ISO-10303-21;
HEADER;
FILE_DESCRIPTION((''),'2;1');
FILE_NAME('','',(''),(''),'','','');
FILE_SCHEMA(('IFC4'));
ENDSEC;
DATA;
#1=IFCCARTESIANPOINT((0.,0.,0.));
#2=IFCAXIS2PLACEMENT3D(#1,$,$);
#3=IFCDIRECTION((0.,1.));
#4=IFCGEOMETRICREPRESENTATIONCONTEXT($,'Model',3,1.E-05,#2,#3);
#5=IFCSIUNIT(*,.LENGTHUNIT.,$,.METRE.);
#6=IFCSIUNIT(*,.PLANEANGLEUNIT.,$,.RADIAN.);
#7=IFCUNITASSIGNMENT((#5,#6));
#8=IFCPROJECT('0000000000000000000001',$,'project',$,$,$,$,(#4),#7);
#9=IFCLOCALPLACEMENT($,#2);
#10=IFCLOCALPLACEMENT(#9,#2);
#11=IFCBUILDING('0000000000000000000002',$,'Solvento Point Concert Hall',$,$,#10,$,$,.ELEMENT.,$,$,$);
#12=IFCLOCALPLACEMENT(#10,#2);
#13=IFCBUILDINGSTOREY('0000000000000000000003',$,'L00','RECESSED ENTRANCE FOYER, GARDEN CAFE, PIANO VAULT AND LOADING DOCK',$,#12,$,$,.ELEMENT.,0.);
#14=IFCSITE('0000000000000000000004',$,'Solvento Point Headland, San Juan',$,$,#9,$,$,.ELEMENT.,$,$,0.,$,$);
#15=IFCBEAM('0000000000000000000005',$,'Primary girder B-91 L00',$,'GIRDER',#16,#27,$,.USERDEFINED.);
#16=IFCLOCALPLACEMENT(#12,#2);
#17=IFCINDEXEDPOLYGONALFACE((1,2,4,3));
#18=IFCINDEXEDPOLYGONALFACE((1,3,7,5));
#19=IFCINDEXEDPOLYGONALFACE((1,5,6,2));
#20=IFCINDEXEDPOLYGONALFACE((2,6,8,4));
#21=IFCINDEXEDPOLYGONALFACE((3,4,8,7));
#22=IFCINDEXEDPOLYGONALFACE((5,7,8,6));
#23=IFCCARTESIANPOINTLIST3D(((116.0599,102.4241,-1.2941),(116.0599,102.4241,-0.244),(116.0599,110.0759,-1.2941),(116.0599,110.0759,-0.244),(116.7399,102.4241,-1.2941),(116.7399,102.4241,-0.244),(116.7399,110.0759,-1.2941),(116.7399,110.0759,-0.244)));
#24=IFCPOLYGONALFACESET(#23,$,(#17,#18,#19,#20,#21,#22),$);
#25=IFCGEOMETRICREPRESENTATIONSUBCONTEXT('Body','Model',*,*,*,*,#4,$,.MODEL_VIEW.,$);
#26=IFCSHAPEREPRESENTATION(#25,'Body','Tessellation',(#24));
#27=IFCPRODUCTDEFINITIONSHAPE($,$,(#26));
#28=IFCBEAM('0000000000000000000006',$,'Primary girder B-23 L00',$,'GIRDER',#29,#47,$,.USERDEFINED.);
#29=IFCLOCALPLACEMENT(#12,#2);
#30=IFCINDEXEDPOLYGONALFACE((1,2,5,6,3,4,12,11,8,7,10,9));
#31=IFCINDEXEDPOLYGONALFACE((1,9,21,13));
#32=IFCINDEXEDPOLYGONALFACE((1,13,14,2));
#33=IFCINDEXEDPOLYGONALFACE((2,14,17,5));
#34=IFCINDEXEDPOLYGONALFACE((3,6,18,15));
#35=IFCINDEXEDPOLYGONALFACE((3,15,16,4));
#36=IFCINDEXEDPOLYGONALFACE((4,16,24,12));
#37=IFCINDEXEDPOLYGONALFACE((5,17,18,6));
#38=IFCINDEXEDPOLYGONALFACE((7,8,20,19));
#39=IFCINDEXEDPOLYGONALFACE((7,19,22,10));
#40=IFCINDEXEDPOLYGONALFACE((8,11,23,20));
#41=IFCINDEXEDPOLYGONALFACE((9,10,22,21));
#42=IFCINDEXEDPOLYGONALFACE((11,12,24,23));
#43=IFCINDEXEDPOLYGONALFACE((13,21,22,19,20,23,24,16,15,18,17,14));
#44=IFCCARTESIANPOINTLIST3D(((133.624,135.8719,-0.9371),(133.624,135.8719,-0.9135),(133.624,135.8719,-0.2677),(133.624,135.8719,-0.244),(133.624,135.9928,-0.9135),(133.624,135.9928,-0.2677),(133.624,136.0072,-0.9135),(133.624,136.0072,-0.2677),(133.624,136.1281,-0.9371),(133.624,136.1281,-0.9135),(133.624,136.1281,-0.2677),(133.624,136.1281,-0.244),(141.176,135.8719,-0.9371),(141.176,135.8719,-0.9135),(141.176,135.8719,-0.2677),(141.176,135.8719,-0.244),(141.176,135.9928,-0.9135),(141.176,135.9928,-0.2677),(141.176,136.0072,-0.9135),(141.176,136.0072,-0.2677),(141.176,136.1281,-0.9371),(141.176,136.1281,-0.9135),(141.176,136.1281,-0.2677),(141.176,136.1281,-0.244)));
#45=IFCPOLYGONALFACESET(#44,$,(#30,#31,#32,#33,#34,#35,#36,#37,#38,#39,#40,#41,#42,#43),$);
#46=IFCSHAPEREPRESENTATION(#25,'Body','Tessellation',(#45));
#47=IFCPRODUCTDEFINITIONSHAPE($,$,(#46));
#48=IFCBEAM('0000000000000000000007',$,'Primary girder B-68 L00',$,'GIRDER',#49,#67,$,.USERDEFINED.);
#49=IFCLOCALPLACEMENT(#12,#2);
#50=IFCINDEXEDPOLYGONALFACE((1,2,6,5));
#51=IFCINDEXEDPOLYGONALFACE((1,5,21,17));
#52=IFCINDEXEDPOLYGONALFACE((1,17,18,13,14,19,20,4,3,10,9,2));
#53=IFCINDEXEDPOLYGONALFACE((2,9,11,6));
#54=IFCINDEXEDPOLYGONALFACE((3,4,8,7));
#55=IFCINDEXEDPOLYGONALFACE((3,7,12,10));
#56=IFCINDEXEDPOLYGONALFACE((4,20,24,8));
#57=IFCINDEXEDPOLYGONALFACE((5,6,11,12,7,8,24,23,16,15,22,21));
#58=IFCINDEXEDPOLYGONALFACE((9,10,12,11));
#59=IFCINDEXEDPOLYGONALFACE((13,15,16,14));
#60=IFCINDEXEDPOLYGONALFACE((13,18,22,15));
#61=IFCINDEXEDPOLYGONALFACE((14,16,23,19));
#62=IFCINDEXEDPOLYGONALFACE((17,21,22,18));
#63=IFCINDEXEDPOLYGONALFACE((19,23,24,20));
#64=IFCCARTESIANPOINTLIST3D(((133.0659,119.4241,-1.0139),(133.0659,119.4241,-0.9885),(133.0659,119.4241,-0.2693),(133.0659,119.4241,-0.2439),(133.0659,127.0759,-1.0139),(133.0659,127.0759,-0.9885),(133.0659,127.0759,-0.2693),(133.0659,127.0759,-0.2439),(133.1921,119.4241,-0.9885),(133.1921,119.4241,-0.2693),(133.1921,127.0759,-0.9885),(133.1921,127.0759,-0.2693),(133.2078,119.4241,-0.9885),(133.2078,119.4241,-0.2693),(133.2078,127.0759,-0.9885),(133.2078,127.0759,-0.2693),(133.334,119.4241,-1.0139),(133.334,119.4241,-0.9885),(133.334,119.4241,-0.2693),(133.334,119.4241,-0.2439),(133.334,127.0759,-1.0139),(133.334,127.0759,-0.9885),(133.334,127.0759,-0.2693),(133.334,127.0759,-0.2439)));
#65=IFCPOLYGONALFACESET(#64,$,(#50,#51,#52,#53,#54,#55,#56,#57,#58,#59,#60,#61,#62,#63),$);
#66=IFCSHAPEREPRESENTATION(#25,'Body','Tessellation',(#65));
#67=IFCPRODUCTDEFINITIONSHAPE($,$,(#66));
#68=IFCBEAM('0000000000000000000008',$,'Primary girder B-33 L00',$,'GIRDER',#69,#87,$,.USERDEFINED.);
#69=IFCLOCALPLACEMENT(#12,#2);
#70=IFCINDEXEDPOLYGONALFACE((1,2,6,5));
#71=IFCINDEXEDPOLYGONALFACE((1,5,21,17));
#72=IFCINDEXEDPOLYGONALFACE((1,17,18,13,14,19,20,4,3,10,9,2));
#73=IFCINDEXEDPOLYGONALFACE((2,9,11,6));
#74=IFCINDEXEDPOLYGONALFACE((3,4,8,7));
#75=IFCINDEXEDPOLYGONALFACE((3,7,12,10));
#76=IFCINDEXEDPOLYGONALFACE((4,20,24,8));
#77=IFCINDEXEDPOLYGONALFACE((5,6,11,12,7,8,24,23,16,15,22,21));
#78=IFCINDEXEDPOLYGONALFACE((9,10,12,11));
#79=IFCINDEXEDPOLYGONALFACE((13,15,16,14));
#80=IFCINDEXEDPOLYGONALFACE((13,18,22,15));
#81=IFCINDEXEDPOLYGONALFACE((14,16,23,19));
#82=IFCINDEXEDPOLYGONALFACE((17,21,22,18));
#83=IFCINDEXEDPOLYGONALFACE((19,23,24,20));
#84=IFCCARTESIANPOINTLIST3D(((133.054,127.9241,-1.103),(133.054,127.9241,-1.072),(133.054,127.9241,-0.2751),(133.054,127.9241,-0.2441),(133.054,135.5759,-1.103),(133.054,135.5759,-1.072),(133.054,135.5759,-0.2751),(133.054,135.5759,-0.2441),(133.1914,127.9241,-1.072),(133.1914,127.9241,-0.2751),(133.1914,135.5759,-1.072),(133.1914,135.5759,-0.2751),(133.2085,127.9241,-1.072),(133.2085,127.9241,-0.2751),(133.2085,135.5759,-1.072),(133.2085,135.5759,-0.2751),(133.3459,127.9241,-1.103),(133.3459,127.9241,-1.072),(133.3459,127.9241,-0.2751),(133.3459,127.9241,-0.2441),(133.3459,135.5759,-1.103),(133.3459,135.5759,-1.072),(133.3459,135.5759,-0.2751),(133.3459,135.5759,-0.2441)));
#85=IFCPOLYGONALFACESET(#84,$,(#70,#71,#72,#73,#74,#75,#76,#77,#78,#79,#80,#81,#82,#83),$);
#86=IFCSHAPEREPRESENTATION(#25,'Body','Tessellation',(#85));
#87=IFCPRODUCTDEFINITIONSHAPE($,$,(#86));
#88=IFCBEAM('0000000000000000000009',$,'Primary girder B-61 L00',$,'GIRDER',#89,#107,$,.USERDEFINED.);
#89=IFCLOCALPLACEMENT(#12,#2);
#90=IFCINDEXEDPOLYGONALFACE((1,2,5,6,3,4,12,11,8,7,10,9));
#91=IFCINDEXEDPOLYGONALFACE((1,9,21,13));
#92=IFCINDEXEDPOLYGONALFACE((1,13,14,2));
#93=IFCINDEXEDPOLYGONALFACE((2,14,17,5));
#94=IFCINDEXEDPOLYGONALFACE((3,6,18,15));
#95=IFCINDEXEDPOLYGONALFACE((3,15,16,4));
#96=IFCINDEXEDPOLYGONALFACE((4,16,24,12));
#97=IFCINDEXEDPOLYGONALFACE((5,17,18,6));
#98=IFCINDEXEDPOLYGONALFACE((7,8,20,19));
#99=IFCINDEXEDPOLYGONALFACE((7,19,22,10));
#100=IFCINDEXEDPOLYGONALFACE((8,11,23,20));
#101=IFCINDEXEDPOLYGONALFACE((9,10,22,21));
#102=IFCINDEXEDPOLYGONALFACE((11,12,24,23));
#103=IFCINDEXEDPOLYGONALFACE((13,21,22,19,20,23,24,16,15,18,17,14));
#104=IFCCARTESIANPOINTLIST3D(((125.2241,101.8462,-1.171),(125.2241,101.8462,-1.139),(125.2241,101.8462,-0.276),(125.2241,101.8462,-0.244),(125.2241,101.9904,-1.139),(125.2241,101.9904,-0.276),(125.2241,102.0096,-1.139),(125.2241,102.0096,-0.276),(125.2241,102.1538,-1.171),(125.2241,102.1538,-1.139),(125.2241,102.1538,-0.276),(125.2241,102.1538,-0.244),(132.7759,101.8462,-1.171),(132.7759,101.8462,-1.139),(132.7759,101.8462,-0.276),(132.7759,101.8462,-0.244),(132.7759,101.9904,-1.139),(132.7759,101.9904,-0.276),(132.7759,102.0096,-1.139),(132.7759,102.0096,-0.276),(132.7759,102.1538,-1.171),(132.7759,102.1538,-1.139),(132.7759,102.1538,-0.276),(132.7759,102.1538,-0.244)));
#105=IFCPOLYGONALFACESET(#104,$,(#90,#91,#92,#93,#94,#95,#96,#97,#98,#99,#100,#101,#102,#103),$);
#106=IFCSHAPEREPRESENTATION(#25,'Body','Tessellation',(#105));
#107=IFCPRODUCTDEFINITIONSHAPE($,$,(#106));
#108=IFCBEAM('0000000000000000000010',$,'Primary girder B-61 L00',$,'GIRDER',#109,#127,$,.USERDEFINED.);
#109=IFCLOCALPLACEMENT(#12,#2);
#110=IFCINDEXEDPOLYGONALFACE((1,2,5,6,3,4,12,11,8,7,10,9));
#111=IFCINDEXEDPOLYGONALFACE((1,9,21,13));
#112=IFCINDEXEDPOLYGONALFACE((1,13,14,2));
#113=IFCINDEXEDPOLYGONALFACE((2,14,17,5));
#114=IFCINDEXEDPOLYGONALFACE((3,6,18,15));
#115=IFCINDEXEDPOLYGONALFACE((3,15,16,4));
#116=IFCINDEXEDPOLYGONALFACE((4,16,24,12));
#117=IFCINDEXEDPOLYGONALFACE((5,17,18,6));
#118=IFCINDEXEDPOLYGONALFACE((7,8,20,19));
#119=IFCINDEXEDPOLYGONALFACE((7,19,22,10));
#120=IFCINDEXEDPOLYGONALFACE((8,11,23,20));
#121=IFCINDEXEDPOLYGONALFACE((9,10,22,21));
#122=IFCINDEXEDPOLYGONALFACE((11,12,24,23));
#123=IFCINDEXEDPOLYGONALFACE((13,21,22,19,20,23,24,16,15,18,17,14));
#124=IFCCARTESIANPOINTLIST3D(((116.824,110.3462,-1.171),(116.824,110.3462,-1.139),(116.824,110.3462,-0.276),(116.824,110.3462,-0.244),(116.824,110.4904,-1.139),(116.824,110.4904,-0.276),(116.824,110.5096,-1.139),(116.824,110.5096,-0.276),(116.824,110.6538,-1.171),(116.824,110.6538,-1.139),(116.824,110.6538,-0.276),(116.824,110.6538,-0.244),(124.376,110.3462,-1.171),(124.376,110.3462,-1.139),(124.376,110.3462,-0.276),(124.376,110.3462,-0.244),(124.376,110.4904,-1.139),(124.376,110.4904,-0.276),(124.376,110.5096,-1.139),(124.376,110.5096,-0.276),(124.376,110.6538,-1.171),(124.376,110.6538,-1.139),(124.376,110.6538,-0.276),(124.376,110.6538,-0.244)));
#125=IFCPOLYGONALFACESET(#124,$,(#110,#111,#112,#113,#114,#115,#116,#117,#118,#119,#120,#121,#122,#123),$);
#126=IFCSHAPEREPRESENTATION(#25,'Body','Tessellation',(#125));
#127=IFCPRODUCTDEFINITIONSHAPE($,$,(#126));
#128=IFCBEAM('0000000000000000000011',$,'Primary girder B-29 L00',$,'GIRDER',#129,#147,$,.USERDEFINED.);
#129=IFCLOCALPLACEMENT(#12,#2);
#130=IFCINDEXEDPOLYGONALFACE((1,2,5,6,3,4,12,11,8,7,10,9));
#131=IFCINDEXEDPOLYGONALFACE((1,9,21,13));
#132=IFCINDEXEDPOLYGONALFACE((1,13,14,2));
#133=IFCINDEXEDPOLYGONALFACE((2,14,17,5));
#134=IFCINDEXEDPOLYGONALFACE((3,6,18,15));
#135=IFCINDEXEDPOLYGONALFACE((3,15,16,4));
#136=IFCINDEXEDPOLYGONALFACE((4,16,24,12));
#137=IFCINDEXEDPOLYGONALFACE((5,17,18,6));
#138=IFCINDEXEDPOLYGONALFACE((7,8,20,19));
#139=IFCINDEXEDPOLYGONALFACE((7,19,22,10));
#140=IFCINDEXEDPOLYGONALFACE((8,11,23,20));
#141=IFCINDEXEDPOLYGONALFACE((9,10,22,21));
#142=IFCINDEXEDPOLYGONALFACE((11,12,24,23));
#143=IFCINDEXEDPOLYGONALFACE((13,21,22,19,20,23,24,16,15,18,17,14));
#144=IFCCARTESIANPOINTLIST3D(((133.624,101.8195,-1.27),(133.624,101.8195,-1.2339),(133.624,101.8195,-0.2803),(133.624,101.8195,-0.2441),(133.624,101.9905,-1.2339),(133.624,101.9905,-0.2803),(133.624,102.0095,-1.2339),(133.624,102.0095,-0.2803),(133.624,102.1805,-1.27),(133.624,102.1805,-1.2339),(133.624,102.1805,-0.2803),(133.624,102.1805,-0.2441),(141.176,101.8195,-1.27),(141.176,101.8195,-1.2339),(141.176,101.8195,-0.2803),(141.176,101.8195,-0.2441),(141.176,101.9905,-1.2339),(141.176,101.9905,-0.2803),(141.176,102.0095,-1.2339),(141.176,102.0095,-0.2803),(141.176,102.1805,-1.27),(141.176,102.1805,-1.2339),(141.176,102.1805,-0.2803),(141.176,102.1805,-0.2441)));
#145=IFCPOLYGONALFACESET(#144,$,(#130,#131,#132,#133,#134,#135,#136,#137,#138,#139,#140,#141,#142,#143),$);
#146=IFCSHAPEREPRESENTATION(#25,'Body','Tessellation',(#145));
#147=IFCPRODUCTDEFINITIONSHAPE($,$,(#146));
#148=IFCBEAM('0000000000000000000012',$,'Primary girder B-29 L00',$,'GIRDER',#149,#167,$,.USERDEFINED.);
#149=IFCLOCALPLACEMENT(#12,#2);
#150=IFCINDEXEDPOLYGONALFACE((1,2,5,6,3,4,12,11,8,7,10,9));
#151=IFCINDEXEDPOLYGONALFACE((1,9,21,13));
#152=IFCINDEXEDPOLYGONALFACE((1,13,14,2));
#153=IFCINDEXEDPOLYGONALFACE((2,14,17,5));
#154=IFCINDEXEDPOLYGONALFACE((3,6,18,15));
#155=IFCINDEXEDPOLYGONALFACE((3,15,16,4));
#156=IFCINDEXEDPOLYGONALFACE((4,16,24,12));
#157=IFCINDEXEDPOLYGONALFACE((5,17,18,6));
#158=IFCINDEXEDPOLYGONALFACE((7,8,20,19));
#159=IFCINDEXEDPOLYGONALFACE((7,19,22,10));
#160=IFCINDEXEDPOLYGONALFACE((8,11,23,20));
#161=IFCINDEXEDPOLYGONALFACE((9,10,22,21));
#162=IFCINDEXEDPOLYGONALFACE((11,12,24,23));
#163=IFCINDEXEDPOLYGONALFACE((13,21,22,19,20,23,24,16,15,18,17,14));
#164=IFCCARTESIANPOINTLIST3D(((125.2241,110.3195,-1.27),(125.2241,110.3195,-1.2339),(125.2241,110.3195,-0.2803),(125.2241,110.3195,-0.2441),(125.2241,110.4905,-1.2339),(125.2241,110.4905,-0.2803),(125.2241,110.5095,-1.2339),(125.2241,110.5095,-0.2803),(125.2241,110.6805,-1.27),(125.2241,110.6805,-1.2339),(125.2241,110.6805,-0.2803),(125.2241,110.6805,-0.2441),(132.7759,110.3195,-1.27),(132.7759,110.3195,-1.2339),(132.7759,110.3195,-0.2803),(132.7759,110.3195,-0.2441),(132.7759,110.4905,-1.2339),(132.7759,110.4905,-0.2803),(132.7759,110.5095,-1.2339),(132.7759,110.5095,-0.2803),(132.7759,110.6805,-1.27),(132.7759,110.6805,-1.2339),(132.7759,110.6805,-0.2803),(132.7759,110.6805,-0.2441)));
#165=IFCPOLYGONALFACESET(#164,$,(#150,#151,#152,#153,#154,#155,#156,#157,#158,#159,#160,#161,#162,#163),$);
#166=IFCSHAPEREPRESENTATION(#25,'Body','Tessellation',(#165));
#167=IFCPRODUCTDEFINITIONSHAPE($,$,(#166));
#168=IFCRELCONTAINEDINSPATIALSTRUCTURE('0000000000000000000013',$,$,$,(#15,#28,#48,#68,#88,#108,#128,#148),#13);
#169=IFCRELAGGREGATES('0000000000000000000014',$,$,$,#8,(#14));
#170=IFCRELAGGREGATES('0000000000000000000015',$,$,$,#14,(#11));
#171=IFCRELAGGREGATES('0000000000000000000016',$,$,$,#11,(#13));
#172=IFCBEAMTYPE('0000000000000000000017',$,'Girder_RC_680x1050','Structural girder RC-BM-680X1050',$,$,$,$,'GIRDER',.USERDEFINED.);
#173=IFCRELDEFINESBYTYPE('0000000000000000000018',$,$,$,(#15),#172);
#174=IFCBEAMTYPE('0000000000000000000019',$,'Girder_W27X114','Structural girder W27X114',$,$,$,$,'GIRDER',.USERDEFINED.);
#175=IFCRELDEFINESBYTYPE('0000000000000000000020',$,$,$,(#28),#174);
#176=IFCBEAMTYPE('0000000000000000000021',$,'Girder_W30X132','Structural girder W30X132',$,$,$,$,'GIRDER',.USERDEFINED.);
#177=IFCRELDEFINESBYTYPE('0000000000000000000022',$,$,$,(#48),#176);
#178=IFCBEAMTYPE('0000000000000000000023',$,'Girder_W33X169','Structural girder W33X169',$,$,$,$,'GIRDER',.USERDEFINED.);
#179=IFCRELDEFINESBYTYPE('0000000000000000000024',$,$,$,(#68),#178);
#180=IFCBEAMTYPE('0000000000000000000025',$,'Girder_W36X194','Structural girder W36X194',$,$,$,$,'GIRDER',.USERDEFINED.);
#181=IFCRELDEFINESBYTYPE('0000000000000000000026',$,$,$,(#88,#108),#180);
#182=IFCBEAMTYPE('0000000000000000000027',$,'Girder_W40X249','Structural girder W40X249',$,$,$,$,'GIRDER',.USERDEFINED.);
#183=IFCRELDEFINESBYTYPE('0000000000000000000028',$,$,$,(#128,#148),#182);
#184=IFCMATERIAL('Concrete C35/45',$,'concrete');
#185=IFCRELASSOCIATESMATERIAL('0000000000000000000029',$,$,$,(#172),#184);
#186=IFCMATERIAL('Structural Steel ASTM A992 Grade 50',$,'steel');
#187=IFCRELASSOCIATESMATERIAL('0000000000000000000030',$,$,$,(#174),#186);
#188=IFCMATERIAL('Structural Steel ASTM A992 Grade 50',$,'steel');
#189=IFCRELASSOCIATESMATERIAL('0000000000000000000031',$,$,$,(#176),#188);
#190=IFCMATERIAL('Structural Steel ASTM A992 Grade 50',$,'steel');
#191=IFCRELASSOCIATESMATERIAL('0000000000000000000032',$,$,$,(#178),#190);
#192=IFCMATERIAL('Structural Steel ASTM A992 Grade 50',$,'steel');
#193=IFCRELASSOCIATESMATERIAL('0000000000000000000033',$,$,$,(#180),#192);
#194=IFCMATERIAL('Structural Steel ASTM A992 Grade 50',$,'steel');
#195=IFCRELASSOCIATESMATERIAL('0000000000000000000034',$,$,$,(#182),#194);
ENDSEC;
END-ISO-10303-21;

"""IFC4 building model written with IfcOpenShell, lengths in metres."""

from ifc_helpers import new_model, si_unit, direction, frame, origin, origin_2d, place, context, subcontext, project, spatial, rectangle, i_section, extrude, material, material_profile, profile_set, type_object, element, save


model = new_model("IFC4")

# Units and contexts
model_context = context("Model", 3, precision=1e-05, world=origin(), true_north=direction((0.0, 1.0)))
body_context = subcontext(model_context, "Body", "Model", "MODEL_VIEW")
ifc_project = project(units=[si_unit("LENGTHUNIT", "METRE"), si_unit("PLANEANGLEUNIT", "RADIAN")], contexts=[model_context])

# Site, building, storey
site_placement = place(None, origin())
site = spatial("IfcSite", under=ifc_project, at=site_placement, Name="Solvento Point Headland, San Juan", CompositionType="ELEMENT", RefElevation=0.0)
building_placement = place(site_placement, origin())
building = spatial("IfcBuilding", under=site, at=building_placement, Name="Solvento Point Concert Hall", CompositionType="ELEMENT")
storey_placement = place(building_placement, origin())
storey = spatial("IfcBuildingStorey", under=building, at=storey_placement, Name="L00", Description="RECESSED ENTRANCE FOYER, GARDEN CAFE, PIANO VAULT AND LOADING DOCK", CompositionType="ELEMENT", Elevation=0.0)

# Beams
ifc_material_1 = material(Name="Concrete C35/45", Category="concrete")
ifc_material_profile_1 = material_profile(ifc_material_1, rectangle(XDim=0.6799, YDim=1.05, at=origin_2d()), Name="RC-BM-680X1050")
ifc_profile_set_1 = profile_set([ifc_material_profile_1], Name="Concrete C35/45")
beam_type_1 = type_object("IfcBeamType", Name="Girder_RC_680x1050", Description="Structural girder RC-BM-680X1050", ElementType="GIRDER", PredefinedType="USERDEFINED", material=ifc_profile_set_1)
beam_1_placement = place(storey_placement, frame((116.3999, 102.4241, -0.769), z_axis=(0.0, 1.0, 0.0), x_axis=(-1.0, 0.0, 0.0)))
element("IfcBeam", 1, at=beam_1_placement, inside=storey, type_object=beam_type_1, Name="Primary girder B-91 L00", ObjectType="GIRDER", PredefinedType="USERDEFINED", context=body_context, shape_type="SweptSolid", body=[
    extrude(rectangle(XDim=0.6799, YDim=1.05, at=origin_2d()), origin(), (0.0, 0.0, 1.0), 7.6519),
])
ifc_material_2 = material(Name="Structural Steel ASTM A992 Grade 50", Category="steel")
ifc_material_profile_2 = material_profile(ifc_material_2, i_section(OverallWidth=0.2561, OverallDepth=0.6931, WebThickness=0.0144, FlangeThickness=0.0237, at=origin_2d()), Name="W27X114")
ifc_profile_set_2 = profile_set([ifc_material_profile_2], Name="Structural Steel ASTM A992 Grade 50")
beam_type_2 = type_object("IfcBeamType", Name="Girder_W27X114", Description="Structural girder W27X114", ElementType="GIRDER", PredefinedType="USERDEFINED", material=ifc_profile_set_2)
beam_2_placement = place(storey_placement, frame((133.624, 136.0, -0.5906), z_axis=(1.0, 0.0, 0.0), x_axis=(0.0, 1.0, 0.0)))
element("IfcBeam", 2, at=beam_2_placement, inside=storey, type_object=beam_type_2, Name="Primary girder B-23 L00", ObjectType="GIRDER", PredefinedType="USERDEFINED", context=body_context, shape_type="SweptSolid", body=[
    extrude(i_section(OverallWidth=0.2561, OverallDepth=0.6931, WebThickness=0.0144, FlangeThickness=0.0237, at=origin_2d()), origin(), (0.0, 0.0, 1.0), 7.552),
])
ifc_material_3 = material(Name="Structural Steel ASTM A992 Grade 50", Category="steel")
ifc_material_profile_3 = material_profile(ifc_material_3, i_section(OverallWidth=0.2681, OverallDepth=0.77, WebThickness=0.0156, FlangeThickness=0.0254, at=origin_2d()), Name="W30X132")
ifc_profile_set_3 = profile_set([ifc_material_profile_3], Name="Structural Steel ASTM A992 Grade 50")
beam_type_3 = type_object("IfcBeamType", Name="Girder_W30X132", Description="Structural girder W30X132", ElementType="GIRDER", PredefinedType="USERDEFINED", material=ifc_profile_set_3)
beam_3_placement = place(storey_placement, frame((133.2, 119.4241, -0.6289), z_axis=(0.0, 1.0, 0.0), x_axis=(-1.0, 0.0, 0.0)))
element("IfcBeam", 3, at=beam_3_placement, inside=storey, type_object=beam_type_3, Name="Primary girder B-68 L00", ObjectType="GIRDER", PredefinedType="USERDEFINED", context=body_context, shape_type="SweptSolid", body=[
    extrude(i_section(OverallWidth=0.2681, OverallDepth=0.77, WebThickness=0.0156, FlangeThickness=0.0254, at=origin_2d()), origin(), (0.0, 0.0, 1.0), 7.6519),
])
ifc_material_4 = material(Name="Structural Steel ASTM A992 Grade 50", Category="steel")
ifc_material_profile_4 = material_profile(ifc_material_4, i_section(OverallWidth=0.292, OverallDepth=0.8589, WebThickness=0.0171, FlangeThickness=0.031, at=origin_2d()), Name="W33X169")
ifc_profile_set_4 = profile_set([ifc_material_profile_4], Name="Structural Steel ASTM A992 Grade 50")
beam_type_4 = type_object("IfcBeamType", Name="Girder_W33X169", Description="Structural girder W33X169", ElementType="GIRDER", PredefinedType="USERDEFINED", material=ifc_profile_set_4)
beam_4_placement = place(storey_placement, frame((133.2, 127.9241, -0.6736), z_axis=(0.0, 1.0, 0.0), x_axis=(-1.0, 0.0, 0.0)))
element("IfcBeam", 4, at=beam_4_placement, inside=storey, type_object=beam_type_4, Name="Primary girder B-33 L00", ObjectType="GIRDER", PredefinedType="USERDEFINED", context=body_context, shape_type="SweptSolid", body=[
    extrude(i_section(OverallWidth=0.292, OverallDepth=0.8589, WebThickness=0.0171, FlangeThickness=0.031, at=origin_2d()), origin(), (0.0, 0.0, 1.0), 7.6519),
])
ifc_material_5 = material(Name="Structural Steel ASTM A992 Grade 50", Category="steel")
ifc_material_profile_5 = material_profile(ifc_material_5, i_section(OverallWidth=0.3076, OverallDepth=0.927, WebThickness=0.0193, FlangeThickness=0.032, at=origin_2d()), Name="W36X194")
ifc_profile_set_5 = profile_set([ifc_material_profile_5], Name="Structural Steel ASTM A992 Grade 50")
beam_type_5 = type_object("IfcBeamType", Name="Girder_W36X194", Description="Structural girder W36X194", ElementType="GIRDER", PredefinedType="USERDEFINED", material=ifc_profile_set_5)
beam_5_placement = place(storey_placement, frame((125.2241, 102.0, -0.7075), z_axis=(1.0, 0.0, 0.0), x_axis=(0.0, 1.0, 0.0)))
element("IfcBeam", 5, at=beam_5_placement, inside=storey, type_object=beam_type_5, Name="Primary girder B-61 L00", ObjectType="GIRDER", PredefinedType="USERDEFINED", context=body_context, shape_type="SweptSolid", body=[
    extrude(i_section(OverallWidth=0.3076, OverallDepth=0.927, WebThickness=0.0193, FlangeThickness=0.032, at=origin_2d()), origin(), (0.0, 0.0, 1.0), 7.5518),
])
beam_6_placement = place(storey_placement, frame((116.824, 110.5, -0.7075), z_axis=(1.0, 0.0, 0.0), x_axis=(0.0, 1.0, 0.0)))
element("IfcBeam", 6, at=beam_6_placement, inside=storey, type_object=beam_type_5, Name="Primary girder B-61 L00", ObjectType="GIRDER", PredefinedType="USERDEFINED", context=body_context, shape_type="SweptSolid", body=[
    extrude(i_section(OverallWidth=0.3076, OverallDepth=0.927, WebThickness=0.0193, FlangeThickness=0.032, at=origin_2d()), origin(), (0.0, 0.0, 1.0), 7.552),
])
ifc_material_6 = material(Name="Structural Steel ASTM A992 Grade 50", Category="steel")
ifc_material_profile_6 = material_profile(ifc_material_6, i_section(OverallWidth=0.3611, OverallDepth=1.0259, WebThickness=0.019, FlangeThickness=0.0361, at=origin_2d()), Name="W40X249")
ifc_profile_set_6 = profile_set([ifc_material_profile_6], Name="Structural Steel ASTM A992 Grade 50")
beam_type_6 = type_object("IfcBeamType", Name="Girder_W40X249", Description="Structural girder W40X249", ElementType="GIRDER", PredefinedType="USERDEFINED", material=ifc_profile_set_6)
beam_7_placement = place(storey_placement, frame((133.624, 102.0, -0.7571), z_axis=(1.0, 0.0, 0.0), x_axis=(0.0, 1.0, 0.0)))
element("IfcBeam", 7, at=beam_7_placement, inside=storey, type_object=beam_type_6, Name="Primary girder B-29 L00", ObjectType="GIRDER", PredefinedType="USERDEFINED", context=body_context, shape_type="SweptSolid", body=[
    extrude(i_section(OverallWidth=0.3611, OverallDepth=1.0259, WebThickness=0.019, FlangeThickness=0.0361, at=origin_2d()), origin(), (0.0, 0.0, 1.0), 7.552),
])
beam_8_placement = place(storey_placement, frame((125.2241, 110.5, -0.7571), z_axis=(1.0, 0.0, 0.0), x_axis=(0.0, 1.0, 0.0)))
element("IfcBeam", 8, at=beam_8_placement, inside=storey, type_object=beam_type_6, Name="Primary girder B-29 L00", ObjectType="GIRDER", PredefinedType="USERDEFINED", context=body_context, shape_type="SweptSolid", body=[
    extrude(i_section(OverallWidth=0.3611, OverallDepth=1.0259, WebThickness=0.019, FlangeThickness=0.0361, at=origin_2d()), origin(), (0.0, 0.0, 1.0), 7.5518),
])

save(model, "model.ifc")
